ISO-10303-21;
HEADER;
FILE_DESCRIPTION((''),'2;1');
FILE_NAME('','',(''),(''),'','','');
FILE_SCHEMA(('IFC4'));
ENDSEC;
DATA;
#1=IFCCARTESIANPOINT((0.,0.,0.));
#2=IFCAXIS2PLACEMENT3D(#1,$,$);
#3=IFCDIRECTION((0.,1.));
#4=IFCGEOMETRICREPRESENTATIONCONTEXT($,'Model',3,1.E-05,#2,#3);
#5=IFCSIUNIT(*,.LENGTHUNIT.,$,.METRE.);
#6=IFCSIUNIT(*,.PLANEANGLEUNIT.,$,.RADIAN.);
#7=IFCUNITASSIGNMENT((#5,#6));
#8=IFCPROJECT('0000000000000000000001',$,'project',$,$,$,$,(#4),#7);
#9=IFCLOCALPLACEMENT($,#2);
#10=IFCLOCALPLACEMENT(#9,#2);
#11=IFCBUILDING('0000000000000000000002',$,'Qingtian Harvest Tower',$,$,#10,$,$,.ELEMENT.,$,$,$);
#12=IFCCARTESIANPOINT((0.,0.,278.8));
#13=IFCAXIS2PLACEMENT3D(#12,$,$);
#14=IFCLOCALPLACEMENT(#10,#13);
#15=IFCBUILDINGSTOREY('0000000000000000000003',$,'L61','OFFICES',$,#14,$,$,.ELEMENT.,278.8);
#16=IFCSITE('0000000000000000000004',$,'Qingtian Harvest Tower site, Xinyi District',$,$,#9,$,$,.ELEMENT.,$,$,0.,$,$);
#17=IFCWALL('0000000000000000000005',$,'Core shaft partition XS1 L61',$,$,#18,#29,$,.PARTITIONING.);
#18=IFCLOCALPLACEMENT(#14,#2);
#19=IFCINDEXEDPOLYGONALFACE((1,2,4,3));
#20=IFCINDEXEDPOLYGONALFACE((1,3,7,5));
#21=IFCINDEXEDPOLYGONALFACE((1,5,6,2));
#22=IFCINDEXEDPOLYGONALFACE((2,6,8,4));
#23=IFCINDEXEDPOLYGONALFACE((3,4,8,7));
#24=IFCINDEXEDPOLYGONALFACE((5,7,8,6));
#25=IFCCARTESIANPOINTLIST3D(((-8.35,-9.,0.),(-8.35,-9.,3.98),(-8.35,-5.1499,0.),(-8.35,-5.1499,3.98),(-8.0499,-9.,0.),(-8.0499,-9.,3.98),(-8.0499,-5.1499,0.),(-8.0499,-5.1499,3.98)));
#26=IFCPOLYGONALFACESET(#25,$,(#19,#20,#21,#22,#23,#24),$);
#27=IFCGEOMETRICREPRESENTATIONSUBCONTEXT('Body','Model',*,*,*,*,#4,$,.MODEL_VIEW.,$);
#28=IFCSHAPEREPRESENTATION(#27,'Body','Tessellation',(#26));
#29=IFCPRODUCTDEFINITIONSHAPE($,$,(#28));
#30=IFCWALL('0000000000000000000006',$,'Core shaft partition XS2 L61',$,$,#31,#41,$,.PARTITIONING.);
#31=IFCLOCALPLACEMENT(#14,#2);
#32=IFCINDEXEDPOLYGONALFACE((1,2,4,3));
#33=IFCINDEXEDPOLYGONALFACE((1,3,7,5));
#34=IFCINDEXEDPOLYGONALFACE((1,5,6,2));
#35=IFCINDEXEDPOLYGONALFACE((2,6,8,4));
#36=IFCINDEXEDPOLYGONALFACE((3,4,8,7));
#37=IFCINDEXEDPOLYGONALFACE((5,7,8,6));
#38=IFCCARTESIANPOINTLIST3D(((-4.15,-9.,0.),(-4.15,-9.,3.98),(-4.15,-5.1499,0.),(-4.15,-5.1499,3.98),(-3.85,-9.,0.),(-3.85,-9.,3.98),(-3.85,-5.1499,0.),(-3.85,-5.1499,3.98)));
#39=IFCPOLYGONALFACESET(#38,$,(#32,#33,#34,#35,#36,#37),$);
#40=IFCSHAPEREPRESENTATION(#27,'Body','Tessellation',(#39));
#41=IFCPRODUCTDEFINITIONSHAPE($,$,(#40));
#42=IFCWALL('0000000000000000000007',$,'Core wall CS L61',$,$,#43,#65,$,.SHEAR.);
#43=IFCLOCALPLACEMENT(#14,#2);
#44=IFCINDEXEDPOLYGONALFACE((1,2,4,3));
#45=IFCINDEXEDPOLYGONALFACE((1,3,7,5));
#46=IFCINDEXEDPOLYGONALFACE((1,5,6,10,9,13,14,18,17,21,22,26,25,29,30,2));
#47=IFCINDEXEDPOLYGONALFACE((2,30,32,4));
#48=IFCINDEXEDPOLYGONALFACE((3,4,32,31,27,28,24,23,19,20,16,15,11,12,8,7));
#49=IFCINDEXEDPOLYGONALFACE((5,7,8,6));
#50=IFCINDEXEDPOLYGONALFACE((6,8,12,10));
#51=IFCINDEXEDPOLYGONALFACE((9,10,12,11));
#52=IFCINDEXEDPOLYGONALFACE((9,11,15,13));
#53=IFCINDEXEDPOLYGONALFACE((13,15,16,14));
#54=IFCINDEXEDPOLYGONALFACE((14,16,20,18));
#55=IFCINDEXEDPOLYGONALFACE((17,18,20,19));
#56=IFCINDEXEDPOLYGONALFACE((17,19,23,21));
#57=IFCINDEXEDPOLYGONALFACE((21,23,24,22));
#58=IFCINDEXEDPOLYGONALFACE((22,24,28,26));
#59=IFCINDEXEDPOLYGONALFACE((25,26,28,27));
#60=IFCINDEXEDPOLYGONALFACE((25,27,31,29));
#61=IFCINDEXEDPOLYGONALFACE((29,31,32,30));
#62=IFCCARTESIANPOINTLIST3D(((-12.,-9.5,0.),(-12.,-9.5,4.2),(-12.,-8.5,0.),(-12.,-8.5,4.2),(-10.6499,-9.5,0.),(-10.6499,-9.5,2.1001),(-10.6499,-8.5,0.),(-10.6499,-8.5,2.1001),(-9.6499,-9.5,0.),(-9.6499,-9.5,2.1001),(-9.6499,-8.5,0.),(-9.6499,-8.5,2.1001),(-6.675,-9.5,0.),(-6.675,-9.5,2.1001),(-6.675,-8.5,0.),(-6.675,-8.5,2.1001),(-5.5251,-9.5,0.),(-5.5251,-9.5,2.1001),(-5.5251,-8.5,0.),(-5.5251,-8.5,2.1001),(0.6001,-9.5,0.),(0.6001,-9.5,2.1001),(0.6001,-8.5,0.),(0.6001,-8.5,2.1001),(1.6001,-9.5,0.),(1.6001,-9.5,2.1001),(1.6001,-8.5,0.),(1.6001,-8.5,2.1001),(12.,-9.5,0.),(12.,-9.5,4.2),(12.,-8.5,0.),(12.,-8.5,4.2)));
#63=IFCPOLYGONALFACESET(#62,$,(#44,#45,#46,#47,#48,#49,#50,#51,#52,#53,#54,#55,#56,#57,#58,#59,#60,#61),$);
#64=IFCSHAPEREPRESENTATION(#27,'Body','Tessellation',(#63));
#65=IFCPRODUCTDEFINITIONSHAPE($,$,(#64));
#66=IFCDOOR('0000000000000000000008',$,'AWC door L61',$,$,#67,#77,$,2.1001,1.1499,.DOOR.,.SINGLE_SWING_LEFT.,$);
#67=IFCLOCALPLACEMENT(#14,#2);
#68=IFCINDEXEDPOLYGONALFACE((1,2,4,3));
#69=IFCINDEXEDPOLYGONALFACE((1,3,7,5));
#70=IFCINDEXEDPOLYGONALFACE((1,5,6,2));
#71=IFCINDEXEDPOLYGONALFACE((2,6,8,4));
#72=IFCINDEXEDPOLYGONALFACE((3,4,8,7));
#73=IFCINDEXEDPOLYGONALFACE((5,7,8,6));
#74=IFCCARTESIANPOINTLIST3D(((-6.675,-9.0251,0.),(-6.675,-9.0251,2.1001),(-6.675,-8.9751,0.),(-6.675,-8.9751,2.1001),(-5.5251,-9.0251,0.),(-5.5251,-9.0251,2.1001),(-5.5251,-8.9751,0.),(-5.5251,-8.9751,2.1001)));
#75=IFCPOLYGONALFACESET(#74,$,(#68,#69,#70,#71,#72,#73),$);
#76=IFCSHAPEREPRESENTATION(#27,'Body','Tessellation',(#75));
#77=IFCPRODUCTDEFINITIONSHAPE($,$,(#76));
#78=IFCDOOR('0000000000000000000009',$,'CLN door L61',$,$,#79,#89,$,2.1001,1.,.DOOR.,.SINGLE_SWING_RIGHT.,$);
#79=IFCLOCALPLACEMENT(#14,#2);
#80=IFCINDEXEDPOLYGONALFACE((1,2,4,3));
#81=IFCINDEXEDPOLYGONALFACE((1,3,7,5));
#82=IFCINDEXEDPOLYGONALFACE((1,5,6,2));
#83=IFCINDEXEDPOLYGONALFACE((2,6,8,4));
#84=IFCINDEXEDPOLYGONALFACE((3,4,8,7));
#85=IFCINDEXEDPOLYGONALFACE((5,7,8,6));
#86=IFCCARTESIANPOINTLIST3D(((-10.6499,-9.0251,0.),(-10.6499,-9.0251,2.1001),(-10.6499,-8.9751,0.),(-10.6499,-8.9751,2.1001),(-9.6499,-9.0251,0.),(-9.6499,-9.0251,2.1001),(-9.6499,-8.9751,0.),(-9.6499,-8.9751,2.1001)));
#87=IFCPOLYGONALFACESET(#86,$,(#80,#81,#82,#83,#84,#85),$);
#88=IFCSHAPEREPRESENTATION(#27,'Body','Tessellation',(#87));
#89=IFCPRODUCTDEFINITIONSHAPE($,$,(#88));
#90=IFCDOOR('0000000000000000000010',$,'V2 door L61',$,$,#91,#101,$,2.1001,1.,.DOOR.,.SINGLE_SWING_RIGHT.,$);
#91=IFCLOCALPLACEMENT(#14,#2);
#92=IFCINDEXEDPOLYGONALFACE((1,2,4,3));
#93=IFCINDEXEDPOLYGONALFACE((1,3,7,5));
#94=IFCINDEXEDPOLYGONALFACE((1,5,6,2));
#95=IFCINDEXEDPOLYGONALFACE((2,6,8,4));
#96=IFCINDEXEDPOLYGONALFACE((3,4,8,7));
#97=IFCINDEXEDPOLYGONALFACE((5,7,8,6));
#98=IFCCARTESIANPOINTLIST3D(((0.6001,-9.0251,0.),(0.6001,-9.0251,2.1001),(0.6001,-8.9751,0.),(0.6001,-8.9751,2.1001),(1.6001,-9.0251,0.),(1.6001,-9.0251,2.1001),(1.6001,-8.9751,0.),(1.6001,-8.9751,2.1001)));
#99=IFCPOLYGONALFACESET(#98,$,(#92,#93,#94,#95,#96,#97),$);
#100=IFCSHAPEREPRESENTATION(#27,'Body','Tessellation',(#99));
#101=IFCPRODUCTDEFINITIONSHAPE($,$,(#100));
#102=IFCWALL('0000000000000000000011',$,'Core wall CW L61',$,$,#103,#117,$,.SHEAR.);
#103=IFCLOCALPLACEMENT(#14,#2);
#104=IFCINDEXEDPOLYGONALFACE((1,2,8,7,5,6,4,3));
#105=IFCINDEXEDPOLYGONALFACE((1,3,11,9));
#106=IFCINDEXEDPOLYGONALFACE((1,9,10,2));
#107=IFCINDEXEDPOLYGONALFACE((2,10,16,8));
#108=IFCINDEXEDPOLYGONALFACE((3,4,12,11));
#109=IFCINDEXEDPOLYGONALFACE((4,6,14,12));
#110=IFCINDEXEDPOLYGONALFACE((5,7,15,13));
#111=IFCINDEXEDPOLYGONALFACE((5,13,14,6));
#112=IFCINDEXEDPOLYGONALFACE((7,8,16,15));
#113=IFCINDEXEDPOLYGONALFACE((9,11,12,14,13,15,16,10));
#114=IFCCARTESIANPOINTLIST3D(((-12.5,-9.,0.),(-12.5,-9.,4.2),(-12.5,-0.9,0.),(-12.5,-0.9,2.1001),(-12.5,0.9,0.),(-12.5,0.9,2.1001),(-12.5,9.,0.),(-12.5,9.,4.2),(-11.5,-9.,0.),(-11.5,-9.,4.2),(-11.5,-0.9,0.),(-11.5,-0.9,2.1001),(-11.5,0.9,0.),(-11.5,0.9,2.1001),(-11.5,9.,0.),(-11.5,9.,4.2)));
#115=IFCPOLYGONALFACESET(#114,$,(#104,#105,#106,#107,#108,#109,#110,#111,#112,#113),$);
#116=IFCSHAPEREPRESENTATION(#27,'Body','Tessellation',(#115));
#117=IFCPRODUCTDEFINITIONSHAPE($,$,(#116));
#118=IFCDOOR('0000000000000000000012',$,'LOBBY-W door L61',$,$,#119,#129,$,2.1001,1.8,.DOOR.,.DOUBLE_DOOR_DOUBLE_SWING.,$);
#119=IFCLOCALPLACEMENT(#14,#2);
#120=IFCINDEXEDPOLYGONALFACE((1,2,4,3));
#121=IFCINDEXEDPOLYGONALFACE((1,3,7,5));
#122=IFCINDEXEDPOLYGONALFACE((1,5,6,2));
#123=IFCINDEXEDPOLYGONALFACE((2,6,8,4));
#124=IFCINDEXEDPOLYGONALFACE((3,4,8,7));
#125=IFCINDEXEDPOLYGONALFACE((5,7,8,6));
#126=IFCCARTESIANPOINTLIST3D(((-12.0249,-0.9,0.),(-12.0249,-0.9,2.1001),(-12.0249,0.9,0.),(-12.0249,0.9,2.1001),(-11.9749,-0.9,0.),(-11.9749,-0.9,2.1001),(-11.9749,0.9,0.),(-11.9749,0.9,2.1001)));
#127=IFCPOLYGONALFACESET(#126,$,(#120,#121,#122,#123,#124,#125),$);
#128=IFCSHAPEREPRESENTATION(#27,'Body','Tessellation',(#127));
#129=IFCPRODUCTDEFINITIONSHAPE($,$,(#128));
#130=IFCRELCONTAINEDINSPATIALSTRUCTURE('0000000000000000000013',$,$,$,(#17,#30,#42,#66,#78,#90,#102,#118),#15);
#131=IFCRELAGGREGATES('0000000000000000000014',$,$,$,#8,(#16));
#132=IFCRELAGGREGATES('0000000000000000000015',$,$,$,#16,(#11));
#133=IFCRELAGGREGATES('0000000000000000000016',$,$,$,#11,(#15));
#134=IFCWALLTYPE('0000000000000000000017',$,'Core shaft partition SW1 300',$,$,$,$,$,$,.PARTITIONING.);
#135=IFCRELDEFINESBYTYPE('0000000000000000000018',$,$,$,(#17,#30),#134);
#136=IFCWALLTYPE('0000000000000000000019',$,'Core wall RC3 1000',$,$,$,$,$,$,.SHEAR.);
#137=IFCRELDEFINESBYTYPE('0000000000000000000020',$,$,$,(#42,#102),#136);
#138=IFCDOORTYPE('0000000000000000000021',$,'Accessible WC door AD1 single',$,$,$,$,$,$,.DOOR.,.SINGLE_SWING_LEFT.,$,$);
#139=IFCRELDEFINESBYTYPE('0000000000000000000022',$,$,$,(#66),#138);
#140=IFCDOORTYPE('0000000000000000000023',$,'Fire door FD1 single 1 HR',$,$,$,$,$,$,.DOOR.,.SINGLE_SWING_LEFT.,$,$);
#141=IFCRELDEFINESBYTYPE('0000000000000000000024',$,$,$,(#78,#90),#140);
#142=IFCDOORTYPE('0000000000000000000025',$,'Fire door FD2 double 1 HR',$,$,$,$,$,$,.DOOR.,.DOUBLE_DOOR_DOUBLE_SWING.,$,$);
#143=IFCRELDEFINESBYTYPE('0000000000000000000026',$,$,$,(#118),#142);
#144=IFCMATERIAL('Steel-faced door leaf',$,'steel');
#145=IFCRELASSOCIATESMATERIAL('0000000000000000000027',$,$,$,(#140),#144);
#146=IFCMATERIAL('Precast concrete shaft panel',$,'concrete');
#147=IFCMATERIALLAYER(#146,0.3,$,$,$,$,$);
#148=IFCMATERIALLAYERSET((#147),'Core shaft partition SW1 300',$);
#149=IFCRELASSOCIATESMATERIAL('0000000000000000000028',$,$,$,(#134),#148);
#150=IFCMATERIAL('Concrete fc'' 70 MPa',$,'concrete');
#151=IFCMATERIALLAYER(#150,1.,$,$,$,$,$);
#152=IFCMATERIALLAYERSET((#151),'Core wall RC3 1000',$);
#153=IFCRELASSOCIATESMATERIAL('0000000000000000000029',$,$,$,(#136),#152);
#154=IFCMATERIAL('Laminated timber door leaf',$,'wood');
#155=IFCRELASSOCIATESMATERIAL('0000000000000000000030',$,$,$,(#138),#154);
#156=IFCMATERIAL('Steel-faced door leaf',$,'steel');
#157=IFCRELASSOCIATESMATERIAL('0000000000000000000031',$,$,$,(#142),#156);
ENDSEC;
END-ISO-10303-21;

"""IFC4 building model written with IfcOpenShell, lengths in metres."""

from ifc_helpers import new_model, si_unit, direction, frame, frame_2d, origin, place, context, subcontext, project, spatial, rectangle, extrude, material, layer, layer_set, type_object, element, fill, save


model = new_model("IFC4")

# Units and contexts
model_context = context("Model", 3, precision=1e-05, world=origin(), true_north=direction((0.0, 1.0)))
body_context = subcontext(model_context, "Body", "Model", "MODEL_VIEW")
ifc_project = project(units=[si_unit("LENGTHUNIT", "METRE"), si_unit("PLANEANGLEUNIT", "RADIAN")], contexts=[model_context])

# Site, building, storey
site_placement = place(None, origin())
site = spatial("IfcSite", under=ifc_project, at=site_placement, Name="Qingtian Harvest Tower site, Xinyi District", CompositionType="ELEMENT", RefElevation=0.0)
building_placement = place(site_placement, origin())
building = spatial("IfcBuilding", under=site, at=building_placement, Name="Qingtian Harvest Tower", CompositionType="ELEMENT")
storey_placement = place(building_placement, frame((0.0, 0.0, 278.8)))
storey = spatial("IfcBuildingStorey", under=building, at=storey_placement, Name="L61", Description="OFFICES", CompositionType="ELEMENT", Elevation=278.8)

# Shared definitions
ifc_material_1 = material(Name="Steel-faced door leaf", Category="steel")
door_type_1 = type_object("IfcDoorType", Name="Fire door FD1 single 1 HR", OperationType="SINGLE_SWING_LEFT", PredefinedType="DOOR", material=ifc_material_1)

# Walls
ifc_material_2 = material(Name="Precast concrete shaft panel", Category="concrete")
ifc_layer_1 = layer(ifc_material_2, 0.3)
ifc_layer_set_1 = layer_set([ifc_layer_1], Name="Core shaft partition SW1 300")
wall_type_1 = type_object("IfcWallType", Name="Core shaft partition SW1 300", PredefinedType="PARTITIONING", material=ifc_layer_set_1)
for number, where, z_axis, x_axis, name in (
    (1, (-8.2, -9.0, 0.0), (0.0, 0.0, 1.0), (0.0, 1.0, 0.0), "Core shaft partition XS1 L61"),
    (2, (-4.0, -9.0, 0.0), (0.0, 0.0, 1.0), (0.0, 1.0, 0.0), "Core shaft partition XS2 L61"),
):
    element("IfcWall", number, at=place(storey_placement, frame(where, z_axis=z_axis, x_axis=x_axis)), inside=storey, type_object=wall_type_1, Name=name, PredefinedType="PARTITIONING", context=body_context, shape_type="SweptSolid", body=[
        extrude(rectangle(XDim=3.8501, YDim=0.3, at=frame_2d((1.925, 0.0))), origin(), (0.0, 0.0, 1.0), 3.98),
    ])

# Wall, openings, doors
ifc_material_3 = material(Name="Concrete fc' 70 MPa", Category="concrete")
ifc_layer_2 = layer(ifc_material_3, 1.0)
ifc_layer_set_2 = layer_set([ifc_layer_2], Name="Core wall RC3 1000")
wall_type_2 = type_object("IfcWallType", Name="Core wall RC3 1000", PredefinedType="SHEAR", material=ifc_layer_set_2)
wall_1_placement = place(storey_placement, frame((-12.0, -9.0, 0.0), z_axis=(0.0, 0.0, 1.0), x_axis=(1.0, 0.0, 0.0)))
wall_1 = element("IfcWall", 3, at=wall_1_placement, inside=storey, type_object=wall_type_2, Name="Core wall CS L61", PredefinedType="SHEAR", context=body_context, shape_type="SweptSolid", body=[
    extrude(rectangle(XDim=24.0, YDim=1.0, at=frame_2d((12.0, 0.0))), origin(), (0.0, 0.0, 1.0), 4.2),
])
opening_1_placement = place(wall_1_placement, frame((1.3501, 0.0, 0.0)))
opening_1 = element("IfcOpeningElement", 4, at=opening_1_placement, cuts=wall_1, PredefinedType="OPENING", context=body_context, shape_type="SweptSolid", body=[
    extrude(rectangle(XDim=1.0, YDim=2.1001, at=frame_2d((0.5, 1.05))), frame((0.0, 0.51, 0.0), z_axis=(0.0, -1.0, 0.0), x_axis=(1.0, 0.0, 0.0)), (0.0, 0.0, 1.0), 1.02),
])
opening_2_placement = place(wall_1_placement, frame((5.325, 0.0, 0.0)))
opening_2 = element("IfcOpeningElement", 5, at=opening_2_placement, cuts=wall_1, PredefinedType="OPENING", context=body_context, shape_type="SweptSolid", body=[
    extrude(rectangle(XDim=1.1499, YDim=2.1001, at=frame_2d((0.575, 1.05))), frame((0.0, 0.51, 0.0), z_axis=(0.0, -1.0, 0.0), x_axis=(1.0, 0.0, 0.0)), (0.0, 0.0, 1.0), 1.02),
])
opening_3_placement = place(wall_1_placement, frame((12.6001, 0.0, 0.0)))
opening_3 = element("IfcOpeningElement", 6, at=opening_3_placement, cuts=wall_1, PredefinedType="OPENING", context=body_context, shape_type="SweptSolid", body=[
    extrude(rectangle(XDim=1.0, YDim=2.1001, at=frame_2d((0.5, 1.05))), frame((0.0, 0.51, 0.0), z_axis=(0.0, -1.0, 0.0), x_axis=(1.0, 0.0, 0.0)), (0.0, 0.0, 1.0), 1.02),
])
ifc_material_4 = material(Name="Laminated timber door leaf", Category="wood")
door_type_2 = type_object("IfcDoorType", Name="Accessible WC door AD1 single", OperationType="SINGLE_SWING_LEFT", PredefinedType="DOOR", material=ifc_material_4)
door_1_placement = place(opening_2_placement, origin())
door_1 = element("IfcDoor", 7, at=door_1_placement, inside=storey, type_object=door_type_2, Name="AWC door L61", OperationType="SINGLE_SWING_LEFT", OverallHeight=2.1001, OverallWidth=1.1499, PredefinedType="DOOR", context=body_context, shape_type="SweptSolid", body=[
    extrude(rectangle(XDim=1.1499, YDim=2.1001, at=frame_2d((0.575, 1.05))), frame((0.0, 0.0249, 0.0), z_axis=(0.0, -1.0, 0.0), x_axis=(1.0, 0.0, 0.0)), (0.0, 0.0, 1.0), 0.05),
])
fill(opening_2, door_1)
door_2_placement = place(opening_1_placement, origin())
door_2 = element("IfcDoor", 8, at=door_2_placement, inside=storey, type_object=door_type_1, Name="CLN door L61", OperationType="SINGLE_SWING_RIGHT", OverallHeight=2.1001, OverallWidth=1.0, PredefinedType="DOOR", context=body_context, shape_type="SweptSolid", body=[
    extrude(rectangle(XDim=1.0, YDim=2.1001, at=frame_2d((0.5, 1.05))), frame((0.0, 0.0249, 0.0), z_axis=(0.0, -1.0, 0.0), x_axis=(1.0, 0.0, 0.0)), (0.0, 0.0, 1.0), 0.05),
])
fill(opening_1, door_2)
door_3_placement = place(opening_3_placement, origin())
door_3 = element("IfcDoor", 9, at=door_3_placement, inside=storey, type_object=door_type_1, Name="V2 door L61", OperationType="SINGLE_SWING_RIGHT", OverallHeight=2.1001, OverallWidth=1.0, PredefinedType="DOOR", context=body_context, shape_type="SweptSolid", body=[
    extrude(rectangle(XDim=1.0, YDim=2.1001, at=frame_2d((0.5, 1.05))), frame((0.0, 0.0249, 0.0), z_axis=(0.0, -1.0, 0.0), x_axis=(1.0, 0.0, 0.0)), (0.0, 0.0, 1.0), 0.05),
])
fill(opening_3, door_3)

# Wall, opening, door
wall_2_placement = place(storey_placement, frame((-12.0, -9.0, 0.0), z_axis=(0.0, 0.0, 1.0), x_axis=(0.0, 1.0, 0.0)))
wall_2 = element("IfcWall", 10, at=wall_2_placement, inside=storey, type_object=wall_type_2, Name="Core wall CW L61", PredefinedType="SHEAR", context=body_context, shape_type="SweptSolid", body=[
    extrude(rectangle(XDim=18.0, YDim=1.0, at=frame_2d((9.0, 0.0))), origin(), (0.0, 0.0, 1.0), 4.2),
])
opening_4_placement = place(wall_2_placement, frame((8.1001, 0.0, 0.0)))
opening_4 = element("IfcOpeningElement", 11, at=opening_4_placement, cuts=wall_2, PredefinedType="OPENING", context=body_context, shape_type="SweptSolid", body=[
    extrude(rectangle(XDim=1.8, YDim=2.1001, at=frame_2d((0.8999, 1.05))), frame((0.0, 0.51, 0.0), z_axis=(0.0, -1.0, 0.0), x_axis=(1.0, 0.0, 0.0)), (0.0, 0.0, 1.0), 1.02),
])
ifc_material_5 = material(Name="Steel-faced door leaf", Category="steel")
door_type_3 = type_object("IfcDoorType", Name="Fire door FD2 double 1 HR", OperationType="DOUBLE_DOOR_DOUBLE_SWING", PredefinedType="DOOR", material=ifc_material_5)
door_4_placement = place(opening_4_placement, origin())
door_4 = element("IfcDoor", 12, at=door_4_placement, inside=storey, type_object=door_type_3, Name="LOBBY-W door L61", OperationType="DOUBLE_DOOR_DOUBLE_SWING", OverallHeight=2.1001, OverallWidth=1.8, PredefinedType="DOOR", context=body_context, shape_type="SweptSolid", body=[
    extrude(rectangle(XDim=1.8, YDim=2.1001, at=frame_2d((0.8999, 1.05))), frame((0.0, 0.0249, 0.0), z_axis=(0.0, -1.0, 0.0), x_axis=(1.0, 0.0, 0.0)), (0.0, 0.0, 1.0), 0.05),
])
fill(opening_4, door_4)

save(model, "model.ifc")
